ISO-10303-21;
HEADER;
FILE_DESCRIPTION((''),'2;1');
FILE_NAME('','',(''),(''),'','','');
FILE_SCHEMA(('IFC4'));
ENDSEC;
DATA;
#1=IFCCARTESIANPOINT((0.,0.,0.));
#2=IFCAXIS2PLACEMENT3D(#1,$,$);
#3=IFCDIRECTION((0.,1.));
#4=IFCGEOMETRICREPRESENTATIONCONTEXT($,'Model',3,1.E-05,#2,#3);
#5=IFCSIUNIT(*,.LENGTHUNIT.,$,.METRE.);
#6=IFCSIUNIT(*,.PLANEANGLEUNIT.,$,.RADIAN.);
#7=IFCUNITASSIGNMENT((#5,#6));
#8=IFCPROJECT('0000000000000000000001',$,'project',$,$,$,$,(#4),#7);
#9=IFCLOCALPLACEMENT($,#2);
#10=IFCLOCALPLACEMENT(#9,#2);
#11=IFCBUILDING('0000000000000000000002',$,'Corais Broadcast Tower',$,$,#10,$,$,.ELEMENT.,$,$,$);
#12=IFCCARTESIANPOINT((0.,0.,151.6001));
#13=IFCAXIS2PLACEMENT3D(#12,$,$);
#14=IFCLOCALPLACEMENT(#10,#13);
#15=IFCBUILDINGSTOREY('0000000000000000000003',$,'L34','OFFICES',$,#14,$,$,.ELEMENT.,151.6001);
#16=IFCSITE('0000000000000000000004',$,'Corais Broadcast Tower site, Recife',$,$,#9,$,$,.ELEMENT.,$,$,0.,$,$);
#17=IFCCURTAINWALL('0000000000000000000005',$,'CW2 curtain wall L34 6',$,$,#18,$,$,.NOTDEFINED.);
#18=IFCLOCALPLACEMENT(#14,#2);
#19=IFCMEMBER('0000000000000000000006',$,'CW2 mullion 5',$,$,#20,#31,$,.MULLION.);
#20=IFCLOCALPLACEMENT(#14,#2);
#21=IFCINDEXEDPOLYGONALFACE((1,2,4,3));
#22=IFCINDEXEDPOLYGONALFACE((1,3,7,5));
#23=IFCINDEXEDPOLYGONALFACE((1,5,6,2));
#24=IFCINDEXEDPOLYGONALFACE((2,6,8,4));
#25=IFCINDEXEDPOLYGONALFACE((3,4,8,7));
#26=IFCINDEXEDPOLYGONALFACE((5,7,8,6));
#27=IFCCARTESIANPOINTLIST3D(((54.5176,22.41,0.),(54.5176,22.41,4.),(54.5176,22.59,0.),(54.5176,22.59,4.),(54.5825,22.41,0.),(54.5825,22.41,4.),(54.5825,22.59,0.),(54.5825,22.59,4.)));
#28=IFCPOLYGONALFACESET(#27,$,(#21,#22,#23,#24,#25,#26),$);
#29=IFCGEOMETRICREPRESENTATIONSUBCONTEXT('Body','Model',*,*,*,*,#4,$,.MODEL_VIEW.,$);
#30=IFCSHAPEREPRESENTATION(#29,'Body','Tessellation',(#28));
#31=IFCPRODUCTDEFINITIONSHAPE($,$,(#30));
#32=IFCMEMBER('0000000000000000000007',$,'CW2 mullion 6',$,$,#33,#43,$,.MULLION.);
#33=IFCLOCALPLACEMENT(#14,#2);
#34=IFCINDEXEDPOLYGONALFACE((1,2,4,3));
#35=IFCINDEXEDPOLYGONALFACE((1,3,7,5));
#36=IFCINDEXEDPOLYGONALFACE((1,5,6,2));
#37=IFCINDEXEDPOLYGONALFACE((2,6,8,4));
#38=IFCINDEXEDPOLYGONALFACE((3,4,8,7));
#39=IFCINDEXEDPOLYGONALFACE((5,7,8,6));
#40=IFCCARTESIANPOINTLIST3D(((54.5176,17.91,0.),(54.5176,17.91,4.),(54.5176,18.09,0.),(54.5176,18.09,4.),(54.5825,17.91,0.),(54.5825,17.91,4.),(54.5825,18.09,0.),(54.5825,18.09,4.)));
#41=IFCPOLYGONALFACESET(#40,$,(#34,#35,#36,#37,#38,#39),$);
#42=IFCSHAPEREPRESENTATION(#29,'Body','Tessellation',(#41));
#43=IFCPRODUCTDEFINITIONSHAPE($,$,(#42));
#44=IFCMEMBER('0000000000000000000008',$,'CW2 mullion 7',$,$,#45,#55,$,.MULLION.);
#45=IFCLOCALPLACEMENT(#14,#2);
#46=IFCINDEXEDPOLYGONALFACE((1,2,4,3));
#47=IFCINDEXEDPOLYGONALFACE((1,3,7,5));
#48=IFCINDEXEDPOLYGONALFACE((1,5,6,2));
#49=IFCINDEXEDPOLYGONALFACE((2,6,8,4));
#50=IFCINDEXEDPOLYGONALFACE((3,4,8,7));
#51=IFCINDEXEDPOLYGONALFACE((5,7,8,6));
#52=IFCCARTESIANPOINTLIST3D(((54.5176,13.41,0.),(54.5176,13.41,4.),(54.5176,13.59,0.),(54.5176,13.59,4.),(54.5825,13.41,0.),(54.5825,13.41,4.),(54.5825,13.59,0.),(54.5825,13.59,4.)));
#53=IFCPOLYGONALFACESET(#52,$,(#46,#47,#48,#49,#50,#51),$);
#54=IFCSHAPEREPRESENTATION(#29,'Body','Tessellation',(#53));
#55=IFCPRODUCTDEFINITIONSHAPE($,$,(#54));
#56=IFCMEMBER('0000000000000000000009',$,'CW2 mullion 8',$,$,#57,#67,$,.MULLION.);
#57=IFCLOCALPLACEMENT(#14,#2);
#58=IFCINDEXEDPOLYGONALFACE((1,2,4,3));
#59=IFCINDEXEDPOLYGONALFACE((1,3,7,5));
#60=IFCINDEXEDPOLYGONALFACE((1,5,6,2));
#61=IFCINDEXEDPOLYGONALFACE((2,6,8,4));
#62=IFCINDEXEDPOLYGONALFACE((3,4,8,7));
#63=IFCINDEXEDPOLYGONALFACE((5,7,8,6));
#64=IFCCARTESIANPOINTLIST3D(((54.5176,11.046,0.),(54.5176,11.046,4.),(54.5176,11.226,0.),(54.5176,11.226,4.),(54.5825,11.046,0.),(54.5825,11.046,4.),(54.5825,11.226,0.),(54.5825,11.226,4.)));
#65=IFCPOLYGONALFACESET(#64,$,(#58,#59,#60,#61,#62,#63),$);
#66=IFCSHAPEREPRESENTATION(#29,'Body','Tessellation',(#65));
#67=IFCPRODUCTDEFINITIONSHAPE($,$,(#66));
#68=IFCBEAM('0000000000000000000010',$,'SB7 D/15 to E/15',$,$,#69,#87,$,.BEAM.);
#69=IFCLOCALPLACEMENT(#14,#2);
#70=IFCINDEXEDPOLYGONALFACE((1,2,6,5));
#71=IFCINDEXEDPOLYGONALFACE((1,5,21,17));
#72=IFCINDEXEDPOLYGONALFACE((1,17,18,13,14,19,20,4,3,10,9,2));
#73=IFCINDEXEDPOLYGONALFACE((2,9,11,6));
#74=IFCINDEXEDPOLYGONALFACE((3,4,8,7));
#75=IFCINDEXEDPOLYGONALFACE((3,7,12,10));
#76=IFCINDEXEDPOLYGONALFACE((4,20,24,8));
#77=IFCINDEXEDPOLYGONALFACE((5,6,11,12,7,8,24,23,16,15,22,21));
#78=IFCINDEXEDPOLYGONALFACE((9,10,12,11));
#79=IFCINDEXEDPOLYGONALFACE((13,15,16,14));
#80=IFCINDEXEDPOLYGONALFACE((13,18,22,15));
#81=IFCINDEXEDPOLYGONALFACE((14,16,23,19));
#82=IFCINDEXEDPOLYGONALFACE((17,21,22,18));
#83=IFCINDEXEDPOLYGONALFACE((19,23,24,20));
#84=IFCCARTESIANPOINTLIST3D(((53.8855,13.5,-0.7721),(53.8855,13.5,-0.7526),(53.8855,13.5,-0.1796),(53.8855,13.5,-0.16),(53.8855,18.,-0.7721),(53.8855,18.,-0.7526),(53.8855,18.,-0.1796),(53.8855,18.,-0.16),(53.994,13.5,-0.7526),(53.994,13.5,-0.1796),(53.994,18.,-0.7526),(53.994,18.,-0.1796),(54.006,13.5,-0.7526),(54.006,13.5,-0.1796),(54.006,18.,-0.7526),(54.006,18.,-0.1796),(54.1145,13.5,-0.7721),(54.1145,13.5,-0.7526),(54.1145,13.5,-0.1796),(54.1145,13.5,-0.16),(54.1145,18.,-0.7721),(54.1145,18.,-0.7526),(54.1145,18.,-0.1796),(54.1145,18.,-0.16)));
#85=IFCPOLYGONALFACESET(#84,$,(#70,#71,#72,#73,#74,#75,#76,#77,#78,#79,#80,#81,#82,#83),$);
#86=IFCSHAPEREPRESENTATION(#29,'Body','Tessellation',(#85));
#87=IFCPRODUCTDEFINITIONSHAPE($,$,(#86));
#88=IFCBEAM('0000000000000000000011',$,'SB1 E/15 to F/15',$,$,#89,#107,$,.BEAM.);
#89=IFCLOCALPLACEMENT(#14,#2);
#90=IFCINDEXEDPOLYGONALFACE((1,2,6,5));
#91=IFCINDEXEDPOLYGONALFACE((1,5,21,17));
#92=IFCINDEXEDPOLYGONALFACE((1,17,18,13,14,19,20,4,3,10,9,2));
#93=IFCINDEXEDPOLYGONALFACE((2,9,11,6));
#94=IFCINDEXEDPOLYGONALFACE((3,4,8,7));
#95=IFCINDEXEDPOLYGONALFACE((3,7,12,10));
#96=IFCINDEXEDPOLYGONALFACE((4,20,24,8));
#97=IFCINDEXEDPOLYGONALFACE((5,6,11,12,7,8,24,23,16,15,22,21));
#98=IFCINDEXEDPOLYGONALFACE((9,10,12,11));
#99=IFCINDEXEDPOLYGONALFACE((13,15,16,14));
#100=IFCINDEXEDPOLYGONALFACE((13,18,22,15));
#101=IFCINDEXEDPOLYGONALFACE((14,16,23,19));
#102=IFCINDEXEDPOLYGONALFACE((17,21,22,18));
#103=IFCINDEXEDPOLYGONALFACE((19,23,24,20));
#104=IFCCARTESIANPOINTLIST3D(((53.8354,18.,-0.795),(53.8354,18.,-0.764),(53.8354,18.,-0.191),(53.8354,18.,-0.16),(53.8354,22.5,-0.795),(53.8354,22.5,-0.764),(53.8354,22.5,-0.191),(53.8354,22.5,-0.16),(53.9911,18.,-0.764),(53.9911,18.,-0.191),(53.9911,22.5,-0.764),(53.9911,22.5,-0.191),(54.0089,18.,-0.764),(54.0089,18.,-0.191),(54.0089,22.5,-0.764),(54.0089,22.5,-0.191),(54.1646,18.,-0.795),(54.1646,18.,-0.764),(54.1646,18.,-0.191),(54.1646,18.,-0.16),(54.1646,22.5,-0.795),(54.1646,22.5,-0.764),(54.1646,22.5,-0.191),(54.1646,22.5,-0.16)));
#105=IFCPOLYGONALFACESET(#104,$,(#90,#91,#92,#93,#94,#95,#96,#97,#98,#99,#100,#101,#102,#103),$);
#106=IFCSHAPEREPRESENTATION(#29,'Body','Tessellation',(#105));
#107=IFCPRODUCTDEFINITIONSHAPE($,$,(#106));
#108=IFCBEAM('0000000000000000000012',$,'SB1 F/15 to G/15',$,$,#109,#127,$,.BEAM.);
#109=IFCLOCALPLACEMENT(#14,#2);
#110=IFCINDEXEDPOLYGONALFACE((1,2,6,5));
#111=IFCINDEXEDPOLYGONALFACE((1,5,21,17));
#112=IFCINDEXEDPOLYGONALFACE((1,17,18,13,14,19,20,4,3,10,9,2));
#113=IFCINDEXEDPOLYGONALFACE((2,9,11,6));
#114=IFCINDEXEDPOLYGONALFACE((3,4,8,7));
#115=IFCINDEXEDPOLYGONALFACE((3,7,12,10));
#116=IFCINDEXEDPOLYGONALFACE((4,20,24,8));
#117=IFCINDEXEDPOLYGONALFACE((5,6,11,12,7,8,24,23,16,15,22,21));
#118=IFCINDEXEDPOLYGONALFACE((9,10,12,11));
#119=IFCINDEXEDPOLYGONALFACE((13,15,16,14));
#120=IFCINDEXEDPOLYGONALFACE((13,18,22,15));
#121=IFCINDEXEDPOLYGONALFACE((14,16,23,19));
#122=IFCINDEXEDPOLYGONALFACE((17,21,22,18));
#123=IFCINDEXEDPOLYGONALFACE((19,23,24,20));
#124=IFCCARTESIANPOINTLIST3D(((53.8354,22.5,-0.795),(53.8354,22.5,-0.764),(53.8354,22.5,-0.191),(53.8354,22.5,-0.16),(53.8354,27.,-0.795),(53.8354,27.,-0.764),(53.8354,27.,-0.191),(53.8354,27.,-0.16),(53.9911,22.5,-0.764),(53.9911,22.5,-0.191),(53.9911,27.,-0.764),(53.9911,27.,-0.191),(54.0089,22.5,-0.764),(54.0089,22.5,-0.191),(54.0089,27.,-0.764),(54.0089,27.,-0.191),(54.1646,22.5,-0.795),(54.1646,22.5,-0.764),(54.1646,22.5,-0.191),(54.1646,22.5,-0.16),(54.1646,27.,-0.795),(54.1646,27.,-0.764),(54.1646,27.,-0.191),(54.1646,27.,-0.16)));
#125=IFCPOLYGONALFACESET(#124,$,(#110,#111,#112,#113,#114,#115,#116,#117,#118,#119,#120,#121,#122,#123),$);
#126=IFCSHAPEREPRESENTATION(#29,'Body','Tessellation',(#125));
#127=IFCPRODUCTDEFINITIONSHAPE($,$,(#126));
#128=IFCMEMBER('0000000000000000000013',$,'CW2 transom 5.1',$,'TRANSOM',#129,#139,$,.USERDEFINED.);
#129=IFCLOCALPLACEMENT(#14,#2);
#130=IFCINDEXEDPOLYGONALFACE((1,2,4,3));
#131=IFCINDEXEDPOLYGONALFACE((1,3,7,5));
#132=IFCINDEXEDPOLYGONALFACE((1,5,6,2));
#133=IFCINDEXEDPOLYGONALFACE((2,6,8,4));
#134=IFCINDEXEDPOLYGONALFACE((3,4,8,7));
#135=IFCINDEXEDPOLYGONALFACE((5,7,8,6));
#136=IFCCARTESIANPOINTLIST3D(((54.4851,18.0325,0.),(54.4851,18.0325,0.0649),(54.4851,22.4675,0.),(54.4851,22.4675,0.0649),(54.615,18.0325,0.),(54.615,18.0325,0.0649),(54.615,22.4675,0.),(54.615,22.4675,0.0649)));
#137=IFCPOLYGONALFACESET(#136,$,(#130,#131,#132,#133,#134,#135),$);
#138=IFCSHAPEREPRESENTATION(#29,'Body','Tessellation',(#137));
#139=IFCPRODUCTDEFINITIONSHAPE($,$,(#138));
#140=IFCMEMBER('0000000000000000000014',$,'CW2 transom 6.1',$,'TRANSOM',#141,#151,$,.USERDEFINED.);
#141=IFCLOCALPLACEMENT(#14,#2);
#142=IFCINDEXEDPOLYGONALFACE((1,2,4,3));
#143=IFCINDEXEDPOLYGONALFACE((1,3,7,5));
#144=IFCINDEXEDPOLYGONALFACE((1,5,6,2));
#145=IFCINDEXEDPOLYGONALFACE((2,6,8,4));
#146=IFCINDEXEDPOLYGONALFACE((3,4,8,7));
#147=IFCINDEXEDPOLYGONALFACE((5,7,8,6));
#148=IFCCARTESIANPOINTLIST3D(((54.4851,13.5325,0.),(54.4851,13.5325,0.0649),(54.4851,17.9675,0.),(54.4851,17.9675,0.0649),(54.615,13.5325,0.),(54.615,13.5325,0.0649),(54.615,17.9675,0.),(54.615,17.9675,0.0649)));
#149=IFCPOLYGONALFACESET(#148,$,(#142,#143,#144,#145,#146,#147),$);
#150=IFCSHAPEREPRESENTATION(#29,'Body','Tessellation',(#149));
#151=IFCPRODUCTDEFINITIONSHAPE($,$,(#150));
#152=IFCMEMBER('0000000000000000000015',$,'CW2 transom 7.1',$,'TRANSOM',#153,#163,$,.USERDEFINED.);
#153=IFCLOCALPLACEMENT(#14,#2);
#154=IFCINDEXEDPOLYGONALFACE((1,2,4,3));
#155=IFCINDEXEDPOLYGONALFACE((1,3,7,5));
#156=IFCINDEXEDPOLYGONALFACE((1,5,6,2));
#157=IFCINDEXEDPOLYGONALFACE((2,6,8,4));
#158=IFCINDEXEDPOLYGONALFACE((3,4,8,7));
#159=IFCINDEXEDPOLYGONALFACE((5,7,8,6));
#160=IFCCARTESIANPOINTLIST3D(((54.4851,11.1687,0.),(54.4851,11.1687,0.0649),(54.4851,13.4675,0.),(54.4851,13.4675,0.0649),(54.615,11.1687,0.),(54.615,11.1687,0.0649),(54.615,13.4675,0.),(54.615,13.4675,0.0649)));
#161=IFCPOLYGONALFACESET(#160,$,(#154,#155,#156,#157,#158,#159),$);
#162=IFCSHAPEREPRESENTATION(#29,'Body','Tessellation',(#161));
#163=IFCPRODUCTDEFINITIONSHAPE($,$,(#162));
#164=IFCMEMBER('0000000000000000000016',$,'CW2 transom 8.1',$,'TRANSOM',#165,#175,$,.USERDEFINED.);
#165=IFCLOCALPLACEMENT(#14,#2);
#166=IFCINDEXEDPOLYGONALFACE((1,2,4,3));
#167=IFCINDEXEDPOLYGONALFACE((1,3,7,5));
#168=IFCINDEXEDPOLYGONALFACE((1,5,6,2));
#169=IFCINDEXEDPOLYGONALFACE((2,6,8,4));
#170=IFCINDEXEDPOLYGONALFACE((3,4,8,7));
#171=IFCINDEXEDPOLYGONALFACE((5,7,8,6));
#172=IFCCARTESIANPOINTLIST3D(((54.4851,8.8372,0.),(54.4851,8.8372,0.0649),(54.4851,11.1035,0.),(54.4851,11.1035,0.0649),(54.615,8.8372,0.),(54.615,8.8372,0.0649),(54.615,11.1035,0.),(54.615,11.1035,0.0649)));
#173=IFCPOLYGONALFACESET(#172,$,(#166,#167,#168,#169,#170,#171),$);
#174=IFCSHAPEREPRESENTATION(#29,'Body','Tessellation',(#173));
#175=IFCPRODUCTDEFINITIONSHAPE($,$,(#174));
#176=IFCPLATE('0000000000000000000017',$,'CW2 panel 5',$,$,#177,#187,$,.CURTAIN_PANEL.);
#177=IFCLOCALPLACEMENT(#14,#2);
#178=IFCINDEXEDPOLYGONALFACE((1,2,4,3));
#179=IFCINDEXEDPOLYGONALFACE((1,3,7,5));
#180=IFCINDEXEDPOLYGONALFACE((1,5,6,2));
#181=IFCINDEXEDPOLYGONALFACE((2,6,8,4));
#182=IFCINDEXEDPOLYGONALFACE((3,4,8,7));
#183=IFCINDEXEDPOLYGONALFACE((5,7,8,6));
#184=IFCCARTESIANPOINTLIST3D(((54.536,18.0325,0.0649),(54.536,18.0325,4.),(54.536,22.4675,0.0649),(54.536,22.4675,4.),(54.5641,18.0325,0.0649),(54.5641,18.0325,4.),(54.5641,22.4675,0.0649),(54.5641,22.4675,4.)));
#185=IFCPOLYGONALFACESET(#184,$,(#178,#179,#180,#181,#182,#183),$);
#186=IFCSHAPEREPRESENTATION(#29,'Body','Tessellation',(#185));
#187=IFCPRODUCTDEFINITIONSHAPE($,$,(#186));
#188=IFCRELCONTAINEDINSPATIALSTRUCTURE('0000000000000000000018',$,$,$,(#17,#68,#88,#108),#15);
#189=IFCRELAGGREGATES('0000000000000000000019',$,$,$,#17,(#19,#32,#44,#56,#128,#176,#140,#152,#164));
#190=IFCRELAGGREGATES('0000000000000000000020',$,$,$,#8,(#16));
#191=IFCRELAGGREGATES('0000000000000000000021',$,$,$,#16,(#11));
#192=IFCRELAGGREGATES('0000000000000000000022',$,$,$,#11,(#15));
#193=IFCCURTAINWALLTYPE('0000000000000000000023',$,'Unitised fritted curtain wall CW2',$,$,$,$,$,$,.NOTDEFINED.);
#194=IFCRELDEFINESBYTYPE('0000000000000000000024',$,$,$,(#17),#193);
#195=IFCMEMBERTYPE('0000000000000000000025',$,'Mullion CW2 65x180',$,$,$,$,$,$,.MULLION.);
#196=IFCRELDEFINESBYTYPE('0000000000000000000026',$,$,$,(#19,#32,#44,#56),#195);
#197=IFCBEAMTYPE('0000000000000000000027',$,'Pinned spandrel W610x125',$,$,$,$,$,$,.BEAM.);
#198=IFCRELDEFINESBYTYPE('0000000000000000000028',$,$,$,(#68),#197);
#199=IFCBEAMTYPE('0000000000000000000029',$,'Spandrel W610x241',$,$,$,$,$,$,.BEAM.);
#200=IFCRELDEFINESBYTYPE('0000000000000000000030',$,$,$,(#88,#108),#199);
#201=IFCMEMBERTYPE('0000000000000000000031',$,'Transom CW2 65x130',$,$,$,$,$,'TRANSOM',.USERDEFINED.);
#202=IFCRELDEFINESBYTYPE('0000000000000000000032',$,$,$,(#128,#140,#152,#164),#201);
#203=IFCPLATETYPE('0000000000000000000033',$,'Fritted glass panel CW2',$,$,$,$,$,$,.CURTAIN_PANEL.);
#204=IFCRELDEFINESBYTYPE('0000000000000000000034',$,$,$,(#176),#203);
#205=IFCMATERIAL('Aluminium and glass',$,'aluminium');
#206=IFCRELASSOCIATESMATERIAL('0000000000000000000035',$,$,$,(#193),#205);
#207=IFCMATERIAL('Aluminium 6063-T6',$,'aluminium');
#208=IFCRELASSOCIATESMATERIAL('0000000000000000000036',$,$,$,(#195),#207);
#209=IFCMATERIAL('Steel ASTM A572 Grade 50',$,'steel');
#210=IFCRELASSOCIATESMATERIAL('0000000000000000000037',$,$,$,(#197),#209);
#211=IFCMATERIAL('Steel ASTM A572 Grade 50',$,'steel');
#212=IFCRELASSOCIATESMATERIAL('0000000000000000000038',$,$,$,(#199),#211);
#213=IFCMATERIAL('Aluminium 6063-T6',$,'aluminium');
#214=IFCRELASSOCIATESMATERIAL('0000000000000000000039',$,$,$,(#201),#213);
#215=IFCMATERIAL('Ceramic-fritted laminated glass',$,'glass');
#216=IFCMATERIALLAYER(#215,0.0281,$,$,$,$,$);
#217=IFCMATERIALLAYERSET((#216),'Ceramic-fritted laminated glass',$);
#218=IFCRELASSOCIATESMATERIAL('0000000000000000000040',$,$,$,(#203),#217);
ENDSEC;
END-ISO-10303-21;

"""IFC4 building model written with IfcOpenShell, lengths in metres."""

from ifc_helpers import new_model, si_unit, direction, frame, origin, origin_2d, place, context, subcontext, project, spatial, rectangle, i_section, extrude, material, layer, layer_set, material_profile, profile_set, type_object, element, aggregate, save


model = new_model("IFC4")

# Units and contexts
model_context = context("Model", 3, precision=1e-05, world=origin(), true_north=direction((0.0, 1.0)))
body_context = subcontext(model_context, "Body", "Model", "MODEL_VIEW")
ifc_project = project(units=[si_unit("LENGTHUNIT", "METRE"), si_unit("PLANEANGLEUNIT", "RADIAN")], contexts=[model_context])

# Site, building, storey
site_placement = place(None, origin())
site = spatial("IfcSite", under=ifc_project, at=site_placement, Name="Corais Broadcast Tower site, Recife", CompositionType="ELEMENT", RefElevation=0.0)
building_placement = place(site_placement, origin())
building = spatial("IfcBuilding", under=site, at=building_placement, Name="Corais Broadcast Tower", CompositionType="ELEMENT")
storey_placement = place(building_placement, frame((0.0, 0.0, 151.6001)))
storey = spatial("IfcBuildingStorey", under=building, at=storey_placement, Name="L34", Description="OFFICES", CompositionType="ELEMENT", Elevation=151.6001)

# Curtain wall, members
ifc_material_1 = material(Name="Aluminium and glass", Category="aluminium")
curtain_wall_type = type_object("IfcCurtainWallType", Name="Unitised fritted curtain wall CW2", PredefinedType="NOTDEFINED", material=ifc_material_1)
curtain_wall_placement = place(storey_placement, origin())
curtain_wall = element("IfcCurtainWall", 1, at=curtain_wall_placement, inside=storey, type_object=curtain_wall_type, Name="CW2 curtain wall L34 6", PredefinedType="NOTDEFINED")
ifc_material_2 = material(Name="Aluminium 6063-T6", Category="aluminium")
ifc_material_profile_1 = material_profile(ifc_material_2, rectangle(XDim=0.0649, YDim=0.1799, at=origin_2d()), Name="Mullion CW2 65x180")
ifc_profile_set_1 = profile_set([ifc_material_profile_1], Name="Aluminium 6063-T6")
member_type_1 = type_object("IfcMemberType", Name="Mullion CW2 65x180", PredefinedType="MULLION", material=ifc_profile_set_1)
member_1_placement = place(storey_placement, frame((54.55, 22.5, 0.0), z_axis=(0.0, 0.0, 1.0), x_axis=(1.0, 0.0, 0.0)))
member_1 = element("IfcMember", 2, at=member_1_placement, type_object=member_type_1, Name="CW2 mullion 5", PredefinedType="MULLION", context=body_context, shape_type="SweptSolid", body=[
    extrude(rectangle(XDim=0.0649, YDim=0.1799, at=origin_2d()), origin(), (0.0, 0.0, 1.0), 4.0),
])
member_2_placement = place(storey_placement, frame((54.55, 18.0, 0.0), z_axis=(0.0, 0.0, 1.0), x_axis=(1.0, 0.0, 0.0)))
member_2 = element("IfcMember", 3, at=member_2_placement, type_object=member_type_1, Name="CW2 mullion 6", PredefinedType="MULLION", context=body_context, shape_type="SweptSolid", body=[
    extrude(rectangle(XDim=0.0649, YDim=0.1799, at=origin_2d()), origin(), (0.0, 0.0, 1.0), 4.0),
])
member_3_placement = place(storey_placement, frame((54.55, 13.5, 0.0), z_axis=(0.0, 0.0, 1.0), x_axis=(1.0, 0.0, 0.0)))
member_3 = element("IfcMember", 4, at=member_3_placement, type_object=member_type_1, Name="CW2 mullion 7", PredefinedType="MULLION", context=body_context, shape_type="SweptSolid", body=[
    extrude(rectangle(XDim=0.0649, YDim=0.1799, at=origin_2d()), origin(), (0.0, 0.0, 1.0), 4.0),
])
member_4_placement = place(storey_placement, frame((54.55, 11.136, 0.0), z_axis=(0.0, 0.0, 1.0), x_axis=(1.0, 0.0, 0.0)))
member_4 = element("IfcMember", 5, at=member_4_placement, type_object=member_type_1, Name="CW2 mullion 8", PredefinedType="MULLION", context=body_context, shape_type="SweptSolid", body=[
    extrude(rectangle(XDim=0.0649, YDim=0.1799, at=origin_2d()), origin(), (0.0, 0.0, 1.0), 4.0),
])

# Beams
ifc_material_3 = material(Name="Steel ASTM A572 Grade 50", Category="steel")
ifc_material_profile_2 = material_profile(ifc_material_3, i_section(OverallWidth=0.229, OverallDepth=0.6121, WebThickness=0.012, FlangeThickness=0.0195, at=origin_2d()), Name="W610x125")
ifc_profile_set_2 = profile_set([ifc_material_profile_2], Name="Steel ASTM A572 Grade 50")
beam_type_1 = type_object("IfcBeamType", Name="Pinned spandrel W610x125", PredefinedType="BEAM", material=ifc_profile_set_2)
beam_1_placement = place(storey_placement, frame((54.0, 13.5, -0.4661), z_axis=(0.0, 1.0, 0.0), x_axis=(-1.0, 0.0, 0.0)))
element("IfcBeam", 6, at=beam_1_placement, inside=storey, type_object=beam_type_1, Name="SB7 D/15 to E/15", PredefinedType="BEAM", context=body_context, shape_type="SweptSolid", body=[
    extrude(i_section(OverallWidth=0.229, OverallDepth=0.6121, WebThickness=0.012, FlangeThickness=0.0195, at=origin_2d()), origin(), (0.0, 0.0, 1.0), 4.5),
])
ifc_material_4 = material(Name="Steel ASTM A572 Grade 50", Category="steel")
ifc_material_profile_3 = material_profile(ifc_material_4, i_section(OverallWidth=0.3291, OverallDepth=0.635, WebThickness=0.0178, FlangeThickness=0.031, at=origin_2d()), Name="W610x241")
ifc_profile_set_3 = profile_set([ifc_material_profile_3], Name="Steel ASTM A572 Grade 50")
beam_type_2 = type_object("IfcBeamType", Name="Spandrel W610x241", PredefinedType="BEAM", material=ifc_profile_set_3)
for number, where, z_axis, x_axis, name in (
    (7, (54.0, 18.0, -0.4775), (0.0, 1.0, 0.0), (-1.0, 0.0, 0.0), "SB1 E/15 to F/15"),
    (8, (54.0, 22.5, -0.4775), (0.0, 1.0, 0.0), (-1.0, 0.0, 0.0), "SB1 F/15 to G/15"),
):
    element("IfcBeam", number, at=place(storey_placement, frame(where, z_axis=z_axis, x_axis=x_axis)), inside=storey, type_object=beam_type_2, Name=name, PredefinedType="BEAM", context=body_context, shape_type="SweptSolid", body=[
        extrude(i_section(OverallWidth=0.3291, OverallDepth=0.635, WebThickness=0.0178, FlangeThickness=0.031, at=origin_2d()), origin(), (0.0, 0.0, 1.0), 4.5),
    ])

# Members
ifc_material_5 = material(Name="Aluminium 6063-T6", Category="aluminium")
ifc_material_profile_4 = material_profile(ifc_material_5, rectangle(XDim=0.1299, YDim=0.0649, at=origin_2d()), Name="Transom CW2 65x130")
ifc_profile_set_4 = profile_set([ifc_material_profile_4], Name="Aluminium 6063-T6")
member_type_2 = type_object("IfcMemberType", Name="Transom CW2 65x130", ElementType="TRANSOM", PredefinedType="USERDEFINED", material=ifc_profile_set_4)
member_5_placement = place(storey_placement, frame((54.55, 22.4675, 0.0325), z_axis=(0.0, -1.0, 0.0), x_axis=(1.0, 0.0, 0.0)))
member_5 = element("IfcMember", 9, at=member_5_placement, type_object=member_type_2, Name="CW2 transom 5.1", ObjectType="TRANSOM", PredefinedType="USERDEFINED", context=body_context, shape_type="SweptSolid", body=[
    extrude(rectangle(XDim=0.1299, YDim=0.0649, at=origin_2d()), origin(), (0.0, 0.0, 1.0), 4.4351),
])
member_6_placement = place(storey_placement, frame((54.55, 17.9675, 0.0325), z_axis=(0.0, -1.0, 0.0), x_axis=(1.0, 0.0, 0.0)))
member_6 = element("IfcMember", 10, at=member_6_placement, type_object=member_type_2, Name="CW2 transom 6.1", ObjectType="TRANSOM", PredefinedType="USERDEFINED", context=body_context, shape_type="SweptSolid", body=[
    extrude(rectangle(XDim=0.1299, YDim=0.0649, at=origin_2d()), origin(), (0.0, 0.0, 1.0), 4.4351),
])
member_7_placement = place(storey_placement, frame((54.55, 13.4675, 0.0325), z_axis=(0.0, -1.0, 0.0), x_axis=(1.0, 0.0, 0.0)))
member_7 = element("IfcMember", 11, at=member_7_placement, type_object=member_type_2, Name="CW2 transom 7.1", ObjectType="TRANSOM", PredefinedType="USERDEFINED", context=body_context, shape_type="SweptSolid", body=[
    extrude(rectangle(XDim=0.1299, YDim=0.0649, at=origin_2d()), origin(), (0.0, 0.0, 1.0), 2.2988),
])
member_8_placement = place(storey_placement, frame((54.55, 11.1035, 0.0325), z_axis=(0.0, -1.0, 0.0), x_axis=(1.0, 0.0, 0.0)))
member_8 = element("IfcMember", 12, at=member_8_placement, type_object=member_type_2, Name="CW2 transom 8.1", ObjectType="TRANSOM", PredefinedType="USERDEFINED", context=body_context, shape_type="SweptSolid", body=[
    extrude(rectangle(XDim=0.1299, YDim=0.0649, at=origin_2d()), origin(), (0.0, 0.0, 1.0), 2.2664),
])

# Plate
ifc_material_6 = material(Name="Ceramic-fritted laminated glass", Category="glass")
ifc_layer_1 = layer(ifc_material_6, 0.0281)
ifc_layer_set_1 = layer_set([ifc_layer_1], Name="Ceramic-fritted laminated glass")
plate_type_1 = type_object("IfcPlateType", Name="Fritted glass panel CW2", PredefinedType="CURTAIN_PANEL", material=ifc_layer_set_1)
plate_1_placement = place(storey_placement, frame((54.55, 20.25, 0.0649), z_axis=(0.0, 0.0, 1.0), x_axis=(0.0, -1.0, 0.0)))
plate_1 = element("IfcPlate", 13, at=plate_1_placement, type_object=plate_type_1, Name="CW2 panel 5", PredefinedType="CURTAIN_PANEL", context=body_context, shape_type="SweptSolid", body=[
    extrude(rectangle(XDim=4.4351, YDim=0.0281, at=origin_2d()), origin(), (0.0, 0.0, 1.0), 3.9351),
])
aggregate(curtain_wall, [member_1, member_2, member_3, member_4, member_5, plate_1, member_6, member_7, member_8])

save(model, "model.ifc")
